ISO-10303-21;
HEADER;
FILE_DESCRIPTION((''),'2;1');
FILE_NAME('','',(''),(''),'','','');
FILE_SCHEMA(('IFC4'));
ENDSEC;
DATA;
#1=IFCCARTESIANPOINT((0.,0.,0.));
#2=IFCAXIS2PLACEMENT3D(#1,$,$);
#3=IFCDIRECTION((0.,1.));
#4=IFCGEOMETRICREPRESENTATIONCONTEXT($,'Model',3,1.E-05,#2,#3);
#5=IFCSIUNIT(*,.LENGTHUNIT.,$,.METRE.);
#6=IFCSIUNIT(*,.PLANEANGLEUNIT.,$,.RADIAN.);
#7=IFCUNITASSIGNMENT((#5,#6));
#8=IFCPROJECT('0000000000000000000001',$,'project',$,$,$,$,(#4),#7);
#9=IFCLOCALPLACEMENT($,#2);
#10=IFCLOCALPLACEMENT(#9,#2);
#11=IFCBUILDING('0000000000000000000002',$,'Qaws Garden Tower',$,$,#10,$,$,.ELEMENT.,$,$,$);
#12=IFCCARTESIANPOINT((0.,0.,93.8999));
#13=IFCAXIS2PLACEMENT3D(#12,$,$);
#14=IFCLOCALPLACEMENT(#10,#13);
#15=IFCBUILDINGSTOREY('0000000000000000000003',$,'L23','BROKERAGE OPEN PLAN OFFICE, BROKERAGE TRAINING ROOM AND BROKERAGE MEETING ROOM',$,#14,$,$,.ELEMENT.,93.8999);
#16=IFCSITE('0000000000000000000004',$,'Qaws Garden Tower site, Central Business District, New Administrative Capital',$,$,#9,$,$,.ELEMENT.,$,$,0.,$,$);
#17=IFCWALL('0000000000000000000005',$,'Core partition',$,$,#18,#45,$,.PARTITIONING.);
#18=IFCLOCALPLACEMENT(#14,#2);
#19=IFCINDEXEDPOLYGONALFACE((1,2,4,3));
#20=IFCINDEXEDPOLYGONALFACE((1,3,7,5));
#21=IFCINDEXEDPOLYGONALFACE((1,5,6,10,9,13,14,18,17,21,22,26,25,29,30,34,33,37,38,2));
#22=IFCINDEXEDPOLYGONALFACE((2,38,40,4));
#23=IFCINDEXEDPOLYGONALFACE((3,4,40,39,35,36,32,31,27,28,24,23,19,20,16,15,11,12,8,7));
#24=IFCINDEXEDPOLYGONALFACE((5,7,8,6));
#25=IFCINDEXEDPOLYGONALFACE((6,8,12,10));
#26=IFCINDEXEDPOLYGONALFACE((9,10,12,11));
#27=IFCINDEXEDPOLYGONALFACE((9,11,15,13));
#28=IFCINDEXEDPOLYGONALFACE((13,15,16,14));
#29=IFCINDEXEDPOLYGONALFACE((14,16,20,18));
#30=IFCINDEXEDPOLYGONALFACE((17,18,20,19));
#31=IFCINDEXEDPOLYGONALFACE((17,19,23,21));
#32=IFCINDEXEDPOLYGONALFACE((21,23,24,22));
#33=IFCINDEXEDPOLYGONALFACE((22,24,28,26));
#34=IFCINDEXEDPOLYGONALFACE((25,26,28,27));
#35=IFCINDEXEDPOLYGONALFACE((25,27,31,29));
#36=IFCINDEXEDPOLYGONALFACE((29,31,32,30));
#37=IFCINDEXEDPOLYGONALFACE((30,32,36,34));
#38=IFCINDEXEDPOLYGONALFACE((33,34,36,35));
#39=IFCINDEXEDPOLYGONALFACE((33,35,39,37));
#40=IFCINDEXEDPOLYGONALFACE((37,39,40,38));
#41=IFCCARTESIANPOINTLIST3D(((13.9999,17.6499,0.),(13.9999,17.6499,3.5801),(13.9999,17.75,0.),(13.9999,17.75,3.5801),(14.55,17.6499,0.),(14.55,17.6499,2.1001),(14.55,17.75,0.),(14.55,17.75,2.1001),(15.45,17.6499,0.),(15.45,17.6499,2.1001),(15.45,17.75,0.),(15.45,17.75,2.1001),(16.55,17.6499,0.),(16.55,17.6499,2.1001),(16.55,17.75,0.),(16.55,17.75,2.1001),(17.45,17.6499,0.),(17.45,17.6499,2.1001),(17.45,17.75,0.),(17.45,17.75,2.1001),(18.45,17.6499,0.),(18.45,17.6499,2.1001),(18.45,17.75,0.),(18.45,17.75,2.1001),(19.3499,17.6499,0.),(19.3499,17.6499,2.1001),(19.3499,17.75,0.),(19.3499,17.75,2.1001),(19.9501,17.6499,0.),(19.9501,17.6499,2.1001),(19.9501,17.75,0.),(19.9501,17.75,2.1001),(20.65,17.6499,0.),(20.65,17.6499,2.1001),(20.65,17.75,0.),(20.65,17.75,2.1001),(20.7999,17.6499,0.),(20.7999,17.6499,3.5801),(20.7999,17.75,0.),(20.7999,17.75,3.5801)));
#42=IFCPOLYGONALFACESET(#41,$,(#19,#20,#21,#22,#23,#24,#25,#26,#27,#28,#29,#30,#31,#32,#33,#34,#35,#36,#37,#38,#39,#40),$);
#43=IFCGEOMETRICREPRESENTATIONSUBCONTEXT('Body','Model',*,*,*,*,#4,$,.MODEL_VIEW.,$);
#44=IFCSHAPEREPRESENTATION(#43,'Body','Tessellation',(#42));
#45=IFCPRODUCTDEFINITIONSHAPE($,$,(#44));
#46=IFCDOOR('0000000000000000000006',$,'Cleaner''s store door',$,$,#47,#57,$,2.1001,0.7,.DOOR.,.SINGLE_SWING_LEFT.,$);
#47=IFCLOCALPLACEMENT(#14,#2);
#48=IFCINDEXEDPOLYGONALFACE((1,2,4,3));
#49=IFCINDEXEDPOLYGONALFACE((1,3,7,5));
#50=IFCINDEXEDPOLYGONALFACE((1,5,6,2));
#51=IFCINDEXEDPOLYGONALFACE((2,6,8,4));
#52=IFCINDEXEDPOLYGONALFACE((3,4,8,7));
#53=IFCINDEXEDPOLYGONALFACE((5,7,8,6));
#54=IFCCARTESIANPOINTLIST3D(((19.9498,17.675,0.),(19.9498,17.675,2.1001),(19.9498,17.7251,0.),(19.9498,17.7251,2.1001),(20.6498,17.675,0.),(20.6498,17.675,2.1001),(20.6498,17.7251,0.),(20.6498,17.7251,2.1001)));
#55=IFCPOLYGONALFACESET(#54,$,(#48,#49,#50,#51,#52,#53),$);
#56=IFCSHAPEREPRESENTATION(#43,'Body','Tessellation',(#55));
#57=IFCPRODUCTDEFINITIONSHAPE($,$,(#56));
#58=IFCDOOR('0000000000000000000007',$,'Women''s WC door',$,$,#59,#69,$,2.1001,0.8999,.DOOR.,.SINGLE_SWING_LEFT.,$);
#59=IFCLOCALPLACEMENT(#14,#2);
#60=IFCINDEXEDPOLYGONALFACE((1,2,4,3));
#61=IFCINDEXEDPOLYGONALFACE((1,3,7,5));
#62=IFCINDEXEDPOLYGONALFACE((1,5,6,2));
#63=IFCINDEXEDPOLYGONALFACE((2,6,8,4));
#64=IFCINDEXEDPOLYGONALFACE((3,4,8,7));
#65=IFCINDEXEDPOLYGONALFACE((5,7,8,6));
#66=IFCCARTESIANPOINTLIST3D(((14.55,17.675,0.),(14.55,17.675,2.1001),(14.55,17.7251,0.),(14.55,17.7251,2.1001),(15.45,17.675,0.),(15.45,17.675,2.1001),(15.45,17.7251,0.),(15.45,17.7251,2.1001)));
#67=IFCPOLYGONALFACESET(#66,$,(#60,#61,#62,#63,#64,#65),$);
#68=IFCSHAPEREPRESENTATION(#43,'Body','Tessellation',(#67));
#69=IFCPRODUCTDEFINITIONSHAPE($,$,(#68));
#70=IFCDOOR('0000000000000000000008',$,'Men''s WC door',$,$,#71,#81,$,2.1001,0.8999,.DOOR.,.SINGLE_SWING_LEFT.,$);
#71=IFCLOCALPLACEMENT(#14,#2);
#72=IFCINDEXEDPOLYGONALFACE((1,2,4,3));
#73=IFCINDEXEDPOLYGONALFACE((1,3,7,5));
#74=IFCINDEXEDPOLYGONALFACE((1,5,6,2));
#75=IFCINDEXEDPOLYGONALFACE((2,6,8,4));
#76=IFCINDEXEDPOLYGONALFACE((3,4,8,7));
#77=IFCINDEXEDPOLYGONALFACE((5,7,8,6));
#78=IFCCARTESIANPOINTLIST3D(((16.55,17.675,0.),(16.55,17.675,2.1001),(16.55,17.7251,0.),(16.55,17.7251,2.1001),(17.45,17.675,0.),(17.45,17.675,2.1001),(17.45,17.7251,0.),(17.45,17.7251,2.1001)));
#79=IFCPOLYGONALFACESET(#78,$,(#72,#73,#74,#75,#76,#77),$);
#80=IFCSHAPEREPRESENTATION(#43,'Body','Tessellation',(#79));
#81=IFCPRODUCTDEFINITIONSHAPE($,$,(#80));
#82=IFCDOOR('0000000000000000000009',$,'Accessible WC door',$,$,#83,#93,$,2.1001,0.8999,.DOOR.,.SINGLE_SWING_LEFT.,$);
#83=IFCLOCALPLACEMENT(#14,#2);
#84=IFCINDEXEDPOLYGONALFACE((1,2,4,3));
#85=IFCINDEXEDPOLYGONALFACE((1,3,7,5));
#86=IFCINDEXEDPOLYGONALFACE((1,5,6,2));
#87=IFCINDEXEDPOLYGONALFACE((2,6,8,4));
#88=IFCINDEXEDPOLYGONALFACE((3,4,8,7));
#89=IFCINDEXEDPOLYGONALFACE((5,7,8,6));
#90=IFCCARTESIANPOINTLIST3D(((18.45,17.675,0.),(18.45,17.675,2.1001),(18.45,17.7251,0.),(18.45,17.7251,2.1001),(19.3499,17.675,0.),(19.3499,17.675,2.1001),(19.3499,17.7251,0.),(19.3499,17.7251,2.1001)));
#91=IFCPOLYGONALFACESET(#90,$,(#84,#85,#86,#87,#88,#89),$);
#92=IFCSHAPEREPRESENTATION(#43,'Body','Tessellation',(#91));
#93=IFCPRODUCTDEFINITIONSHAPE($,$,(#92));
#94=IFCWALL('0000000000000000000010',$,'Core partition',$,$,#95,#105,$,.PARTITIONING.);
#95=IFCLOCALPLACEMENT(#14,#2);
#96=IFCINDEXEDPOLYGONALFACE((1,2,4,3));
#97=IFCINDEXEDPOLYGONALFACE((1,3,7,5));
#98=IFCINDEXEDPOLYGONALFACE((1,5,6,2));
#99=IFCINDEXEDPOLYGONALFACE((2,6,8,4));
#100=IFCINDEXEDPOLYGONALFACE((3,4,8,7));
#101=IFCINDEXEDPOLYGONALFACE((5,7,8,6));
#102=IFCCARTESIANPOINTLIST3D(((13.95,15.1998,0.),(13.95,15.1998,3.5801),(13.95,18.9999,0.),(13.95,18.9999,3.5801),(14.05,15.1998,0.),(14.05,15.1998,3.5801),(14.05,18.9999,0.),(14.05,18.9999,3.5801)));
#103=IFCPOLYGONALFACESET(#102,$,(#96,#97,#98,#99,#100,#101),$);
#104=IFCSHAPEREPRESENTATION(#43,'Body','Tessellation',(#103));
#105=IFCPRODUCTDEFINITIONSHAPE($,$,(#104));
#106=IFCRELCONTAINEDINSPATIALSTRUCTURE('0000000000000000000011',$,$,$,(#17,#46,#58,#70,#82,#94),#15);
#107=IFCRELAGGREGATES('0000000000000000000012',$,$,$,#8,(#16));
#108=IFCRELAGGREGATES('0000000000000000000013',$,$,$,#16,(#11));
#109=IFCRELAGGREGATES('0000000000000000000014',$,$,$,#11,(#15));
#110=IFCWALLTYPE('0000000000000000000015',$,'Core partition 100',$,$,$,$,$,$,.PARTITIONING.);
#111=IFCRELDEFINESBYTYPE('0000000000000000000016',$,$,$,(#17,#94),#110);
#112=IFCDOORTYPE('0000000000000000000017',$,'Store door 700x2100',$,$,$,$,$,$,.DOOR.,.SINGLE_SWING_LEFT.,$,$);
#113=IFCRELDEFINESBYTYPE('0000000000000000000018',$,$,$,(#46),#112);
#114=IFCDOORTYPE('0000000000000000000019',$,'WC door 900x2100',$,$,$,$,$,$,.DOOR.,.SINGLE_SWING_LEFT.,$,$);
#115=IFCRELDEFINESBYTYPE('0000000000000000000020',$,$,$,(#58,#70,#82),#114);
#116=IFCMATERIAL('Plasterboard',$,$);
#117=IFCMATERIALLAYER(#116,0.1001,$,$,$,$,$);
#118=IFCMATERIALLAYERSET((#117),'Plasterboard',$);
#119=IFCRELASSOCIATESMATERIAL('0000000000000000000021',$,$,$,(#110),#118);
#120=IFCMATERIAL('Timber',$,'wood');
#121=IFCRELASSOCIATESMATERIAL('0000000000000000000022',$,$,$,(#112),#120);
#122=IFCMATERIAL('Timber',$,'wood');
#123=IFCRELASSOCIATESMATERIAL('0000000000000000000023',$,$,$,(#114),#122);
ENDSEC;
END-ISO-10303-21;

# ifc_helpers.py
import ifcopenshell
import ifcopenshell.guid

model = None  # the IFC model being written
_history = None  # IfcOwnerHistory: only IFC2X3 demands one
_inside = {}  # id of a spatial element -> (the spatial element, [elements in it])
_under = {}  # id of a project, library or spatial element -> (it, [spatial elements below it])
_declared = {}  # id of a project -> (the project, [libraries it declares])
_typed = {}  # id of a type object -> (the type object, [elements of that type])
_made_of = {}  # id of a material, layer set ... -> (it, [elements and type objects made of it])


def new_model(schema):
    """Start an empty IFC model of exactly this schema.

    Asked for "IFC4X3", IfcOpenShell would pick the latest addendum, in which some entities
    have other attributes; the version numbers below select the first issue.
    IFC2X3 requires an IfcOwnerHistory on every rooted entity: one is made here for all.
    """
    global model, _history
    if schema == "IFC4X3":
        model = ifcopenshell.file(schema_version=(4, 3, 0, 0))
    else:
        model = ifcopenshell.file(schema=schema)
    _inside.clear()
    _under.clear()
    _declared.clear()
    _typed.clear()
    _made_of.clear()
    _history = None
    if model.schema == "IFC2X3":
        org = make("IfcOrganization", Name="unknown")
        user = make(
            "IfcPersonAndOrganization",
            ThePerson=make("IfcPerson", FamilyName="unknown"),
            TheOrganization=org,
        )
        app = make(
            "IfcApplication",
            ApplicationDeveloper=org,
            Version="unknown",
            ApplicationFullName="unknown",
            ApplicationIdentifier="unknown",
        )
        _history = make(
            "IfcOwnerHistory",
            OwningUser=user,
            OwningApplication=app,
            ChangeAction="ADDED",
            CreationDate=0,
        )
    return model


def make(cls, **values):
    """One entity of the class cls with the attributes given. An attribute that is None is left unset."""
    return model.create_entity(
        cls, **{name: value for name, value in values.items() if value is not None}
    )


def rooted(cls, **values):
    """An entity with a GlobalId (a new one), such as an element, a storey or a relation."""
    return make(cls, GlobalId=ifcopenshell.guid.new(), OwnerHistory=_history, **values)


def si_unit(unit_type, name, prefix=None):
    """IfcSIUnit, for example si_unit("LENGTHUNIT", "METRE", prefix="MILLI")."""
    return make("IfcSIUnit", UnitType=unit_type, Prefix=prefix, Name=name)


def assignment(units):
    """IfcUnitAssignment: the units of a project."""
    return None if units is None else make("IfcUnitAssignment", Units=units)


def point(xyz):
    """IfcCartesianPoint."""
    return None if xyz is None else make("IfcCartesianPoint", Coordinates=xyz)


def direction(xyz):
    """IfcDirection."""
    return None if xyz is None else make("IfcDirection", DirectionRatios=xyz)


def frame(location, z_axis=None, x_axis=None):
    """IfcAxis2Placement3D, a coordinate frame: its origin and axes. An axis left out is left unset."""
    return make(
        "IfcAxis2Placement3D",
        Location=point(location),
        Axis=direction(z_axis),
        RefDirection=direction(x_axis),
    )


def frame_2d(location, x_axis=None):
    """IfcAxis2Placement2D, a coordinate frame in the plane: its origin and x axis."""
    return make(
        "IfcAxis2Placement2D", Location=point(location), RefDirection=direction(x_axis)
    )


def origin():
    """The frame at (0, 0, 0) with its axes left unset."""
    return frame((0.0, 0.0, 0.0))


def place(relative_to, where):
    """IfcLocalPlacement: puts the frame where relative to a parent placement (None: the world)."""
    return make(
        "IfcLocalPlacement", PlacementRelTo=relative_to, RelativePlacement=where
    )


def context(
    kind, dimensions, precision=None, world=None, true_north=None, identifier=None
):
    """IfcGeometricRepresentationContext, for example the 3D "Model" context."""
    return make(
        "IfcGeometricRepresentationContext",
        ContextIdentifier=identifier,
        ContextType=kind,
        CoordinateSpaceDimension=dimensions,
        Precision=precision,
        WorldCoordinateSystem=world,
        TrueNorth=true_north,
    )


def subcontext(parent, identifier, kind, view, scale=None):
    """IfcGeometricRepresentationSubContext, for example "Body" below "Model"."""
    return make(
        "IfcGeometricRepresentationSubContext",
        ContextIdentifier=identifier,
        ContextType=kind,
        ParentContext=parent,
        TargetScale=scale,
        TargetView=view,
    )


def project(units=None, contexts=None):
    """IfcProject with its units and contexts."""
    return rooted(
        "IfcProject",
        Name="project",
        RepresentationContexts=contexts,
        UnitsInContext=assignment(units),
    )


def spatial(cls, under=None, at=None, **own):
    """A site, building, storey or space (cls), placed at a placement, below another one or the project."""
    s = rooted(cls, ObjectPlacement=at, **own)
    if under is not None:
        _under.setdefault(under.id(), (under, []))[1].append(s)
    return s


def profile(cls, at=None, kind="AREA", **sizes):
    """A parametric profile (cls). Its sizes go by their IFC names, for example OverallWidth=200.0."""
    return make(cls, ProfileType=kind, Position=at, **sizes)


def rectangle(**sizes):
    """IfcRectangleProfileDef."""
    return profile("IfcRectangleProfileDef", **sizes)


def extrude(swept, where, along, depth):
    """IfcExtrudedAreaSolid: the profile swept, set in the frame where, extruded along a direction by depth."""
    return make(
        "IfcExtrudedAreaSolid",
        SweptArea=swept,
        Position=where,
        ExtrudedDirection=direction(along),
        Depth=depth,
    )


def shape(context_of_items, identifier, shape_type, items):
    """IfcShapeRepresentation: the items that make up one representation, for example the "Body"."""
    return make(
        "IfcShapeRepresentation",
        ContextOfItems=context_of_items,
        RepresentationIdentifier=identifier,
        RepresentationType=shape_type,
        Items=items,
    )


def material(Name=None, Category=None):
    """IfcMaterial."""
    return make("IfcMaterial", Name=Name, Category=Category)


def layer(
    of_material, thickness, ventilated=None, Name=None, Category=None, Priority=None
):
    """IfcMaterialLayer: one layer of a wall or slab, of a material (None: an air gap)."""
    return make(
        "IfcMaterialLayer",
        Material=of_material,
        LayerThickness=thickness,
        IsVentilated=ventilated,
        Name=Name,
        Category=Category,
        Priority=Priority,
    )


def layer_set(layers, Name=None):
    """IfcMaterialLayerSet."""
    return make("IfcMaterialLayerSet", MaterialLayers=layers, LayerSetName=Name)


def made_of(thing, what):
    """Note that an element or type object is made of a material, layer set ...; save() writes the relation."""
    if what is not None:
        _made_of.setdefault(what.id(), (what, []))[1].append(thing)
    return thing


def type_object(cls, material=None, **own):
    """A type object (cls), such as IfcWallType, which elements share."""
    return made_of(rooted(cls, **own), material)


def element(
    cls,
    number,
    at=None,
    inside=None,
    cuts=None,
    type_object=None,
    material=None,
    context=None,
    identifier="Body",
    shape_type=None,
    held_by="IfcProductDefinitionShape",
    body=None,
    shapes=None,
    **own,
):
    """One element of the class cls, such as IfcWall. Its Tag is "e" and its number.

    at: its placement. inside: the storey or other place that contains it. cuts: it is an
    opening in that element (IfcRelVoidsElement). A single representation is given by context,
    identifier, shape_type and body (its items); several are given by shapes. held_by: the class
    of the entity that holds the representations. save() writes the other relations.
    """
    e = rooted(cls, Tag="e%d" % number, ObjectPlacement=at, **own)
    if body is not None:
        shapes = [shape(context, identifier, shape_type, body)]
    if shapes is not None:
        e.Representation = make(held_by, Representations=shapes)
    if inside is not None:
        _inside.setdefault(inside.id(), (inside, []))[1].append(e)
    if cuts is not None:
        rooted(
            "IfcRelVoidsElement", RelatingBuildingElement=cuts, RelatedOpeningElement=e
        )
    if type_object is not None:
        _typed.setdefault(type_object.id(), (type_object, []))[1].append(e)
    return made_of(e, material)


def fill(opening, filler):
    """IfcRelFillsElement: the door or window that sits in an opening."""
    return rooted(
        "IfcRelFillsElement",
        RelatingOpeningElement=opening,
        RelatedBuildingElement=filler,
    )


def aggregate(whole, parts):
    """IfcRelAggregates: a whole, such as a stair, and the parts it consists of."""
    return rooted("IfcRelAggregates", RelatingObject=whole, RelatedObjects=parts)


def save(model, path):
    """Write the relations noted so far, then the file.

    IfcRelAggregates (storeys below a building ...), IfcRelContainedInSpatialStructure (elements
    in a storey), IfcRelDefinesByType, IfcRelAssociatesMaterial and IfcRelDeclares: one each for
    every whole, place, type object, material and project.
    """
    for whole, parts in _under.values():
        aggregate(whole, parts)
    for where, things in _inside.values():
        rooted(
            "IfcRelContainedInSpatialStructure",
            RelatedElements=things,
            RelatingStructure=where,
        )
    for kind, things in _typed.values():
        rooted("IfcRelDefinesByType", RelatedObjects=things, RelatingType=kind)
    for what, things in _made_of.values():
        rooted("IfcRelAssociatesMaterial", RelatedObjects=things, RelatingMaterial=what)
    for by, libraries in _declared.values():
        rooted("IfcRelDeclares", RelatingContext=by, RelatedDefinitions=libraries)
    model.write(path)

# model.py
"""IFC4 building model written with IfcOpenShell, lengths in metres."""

from ifc_helpers import new_model, si_unit, direction, frame, frame_2d, origin, place, context, subcontext, project, spatial, rectangle, extrude, material, layer, layer_set, type_object, element, fill, save


model = new_model("IFC4")

# Units and contexts
model_context = context("Model", 3, precision=1e-05, world=origin(), true_north=direction((0.0, 1.0)))
body_context = subcontext(model_context, "Body", "Model", "MODEL_VIEW")
ifc_project = project(units=[si_unit("LENGTHUNIT", "METRE"), si_unit("PLANEANGLEUNIT", "RADIAN")], contexts=[model_context])

# Site, building, storey
site_placement = place(None, origin())
site = spatial("IfcSite", under=ifc_project, at=site_placement, Name="Qaws Garden Tower site, Central Business District, New Administrative Capital", CompositionType="ELEMENT", RefElevation=0.0)
building_placement = place(site_placement, origin())
building = spatial("IfcBuilding", under=site, at=building_placement, Name="Qaws Garden Tower", CompositionType="ELEMENT")
storey_placement = place(building_placement, frame((0.0, 0.0, 93.8999)))
storey = spatial("IfcBuildingStorey", under=building, at=storey_placement, Name="L23", Description="BROKERAGE OPEN PLAN OFFICE, BROKERAGE TRAINING ROOM AND BROKERAGE MEETING ROOM", CompositionType="ELEMENT", Elevation=93.8999)

# Wall, openings, doors
ifc_material_1 = material(Name="Plasterboard")
ifc_layer_1 = layer(ifc_material_1, 0.1001)
ifc_layer_set_1 = layer_set([ifc_layer_1], Name="Plasterboard")
wall_type_1 = type_object("IfcWallType", Name="Core partition 100", PredefinedType="PARTITIONING", material=ifc_layer_set_1)
wall_1_placement = place(storey_placement, frame((14.0, 17.7, 0.0), z_axis=(0.0, 0.0, 1.0), x_axis=(1.0, 0.0, 0.0)))
wall_1 = element("IfcWall", 1, at=wall_1_placement, inside=storey, type_object=wall_type_1, Name="Core partition", PredefinedType="PARTITIONING", context=body_context, shape_type="SweptSolid", body=[
    extrude(rectangle(XDim=6.8, YDim=0.1001, at=frame_2d((3.3999, 0.0))), origin(), (0.0, 0.0, 1.0), 3.5801),
])
opening_1_placement = place(wall_1_placement, frame((0.55, 0.0, 0.0)))
opening_1 = element("IfcOpeningElement", 2, at=opening_1_placement, cuts=wall_1, PredefinedType="OPENING", context=body_context, shape_type="SweptSolid", body=[
    extrude(rectangle(XDim=0.8999, YDim=2.1001, at=frame_2d((0.45, 1.05))), frame((0.0, 0.0601, 0.0), z_axis=(0.0, -1.0, 0.0), x_axis=(1.0, 0.0, 0.0)), (0.0, 0.0, 1.0), 0.1201),
])
opening_2_placement = place(wall_1_placement, frame((2.55, 0.0, 0.0)))
opening_2 = element("IfcOpeningElement", 3, at=opening_2_placement, cuts=wall_1, PredefinedType="OPENING", context=body_context, shape_type="SweptSolid", body=[
    extrude(rectangle(XDim=0.8999, YDim=2.1001, at=frame_2d((0.45, 1.05))), frame((0.0, 0.0601, 0.0), z_axis=(0.0, -1.0, 0.0), x_axis=(1.0, 0.0, 0.0)), (0.0, 0.0, 1.0), 0.1201),
])
opening_3_placement = place(wall_1_placement, frame((4.45, 0.0, 0.0)))
opening_3 = element("IfcOpeningElement", 4, at=opening_3_placement, cuts=wall_1, PredefinedType="OPENING", context=body_context, shape_type="SweptSolid", body=[
    extrude(rectangle(XDim=0.8999, YDim=2.1001, at=frame_2d((0.45, 1.05))), frame((0.0, 0.0601, 0.0), z_axis=(0.0, -1.0, 0.0), x_axis=(1.0, 0.0, 0.0)), (0.0, 0.0, 1.0), 0.1201),
])
opening_4_placement = place(wall_1_placement, frame((5.95, 0.0, 0.0)))
opening_4 = element("IfcOpeningElement", 5, at=opening_4_placement, cuts=wall_1, PredefinedType="OPENING", context=body_context, shape_type="SweptSolid", body=[
    extrude(rectangle(XDim=0.7, YDim=2.1001, at=frame_2d((0.3501, 1.05))), frame((0.0, 0.0601, 0.0), z_axis=(0.0, -1.0, 0.0), x_axis=(1.0, 0.0, 0.0)), (0.0, 0.0, 1.0), 0.1201),
])
ifc_material_2 = material(Name="Timber", Category="wood")
door_type_1 = type_object("IfcDoorType", Name="Store door 700x2100", OperationType="SINGLE_SWING_LEFT", PredefinedType="DOOR", material=ifc_material_2)
door_1_placement = place(opening_4_placement, frame((0.7, 0.0, 0.0), z_axis=(0.0, 0.0, 1.0), x_axis=(-1.0, 0.0, 0.0)))
door_1 = element("IfcDoor", 6, at=door_1_placement, inside=storey, type_object=door_type_1, Name="Cleaner's store door", OperationType="SINGLE_SWING_LEFT", OverallHeight=2.1001, OverallWidth=0.7, PredefinedType="DOOR", context=body_context, shape_type="SweptSolid", body=[
    extrude(rectangle(XDim=0.7, YDim=2.1001, at=frame_2d((0.3501, 1.05))), frame((0.0, 0.0249, 0.0), z_axis=(0.0, -1.0, 0.0), x_axis=(1.0, 0.0, 0.0)), (0.0, 0.0, 1.0), 0.05),
])
fill(opening_4, door_1)
ifc_material_3 = material(Name="Timber", Category="wood")
door_type_2 = type_object("IfcDoorType", Name="WC door 900x2100", OperationType="SINGLE_SWING_LEFT", PredefinedType="DOOR", material=ifc_material_3)
door_2_placement = place(opening_1_placement, frame((0.8999, 0.0, 0.0), z_axis=(0.0, 0.0, 1.0), x_axis=(-1.0, 0.0, 0.0)))
door_2 = element("IfcDoor", 7, at=door_2_placement, inside=storey, type_object=door_type_2, Name="Women's WC door", OperationType="SINGLE_SWING_LEFT", OverallHeight=2.1001, OverallWidth=0.8999, PredefinedType="DOOR", context=body_context, shape_type="SweptSolid", body=[
    extrude(rectangle(XDim=0.8999, YDim=2.1001, at=frame_2d((0.45, 1.05))), frame((0.0, 0.0249, 0.0), z_axis=(0.0, -1.0, 0.0), x_axis=(1.0, 0.0, 0.0)), (0.0, 0.0, 1.0), 0.05),
])
fill(opening_1, door_2)
door_3_placement = place(opening_2_placement, frame((0.8999, 0.0, 0.0), z_axis=(0.0, 0.0, 1.0), x_axis=(-1.0, 0.0, 0.0)))
door_3 = element("IfcDoor", 8, at=door_3_placement, inside=storey, type_object=door_type_2, Name="Men's WC door", OperationType="SINGLE_SWING_LEFT", OverallHeight=2.1001, OverallWidth=0.8999, PredefinedType="DOOR", context=body_context, shape_type="SweptSolid", body=[
    extrude(rectangle(XDim=0.8999, YDim=2.1001, at=frame_2d((0.45, 1.05))), frame((0.0, 0.0249, 0.0), z_axis=(0.0, -1.0, 0.0), x_axis=(1.0, 0.0, 0.0)), (0.0, 0.0, 1.0), 0.05),
])
fill(opening_2, door_3)
door_4_placement = place(opening_3_placement, frame((0.8999, 0.0, 0.0), z_axis=(0.0, 0.0, 1.0), x_axis=(-1.0, 0.0, 0.0)))
door_4 = element("IfcDoor", 9, at=door_4_placement, inside=storey, type_object=door_type_2, Name="Accessible WC door", OperationType="SINGLE_SWING_LEFT", OverallHeight=2.1001, OverallWidth=0.8999, PredefinedType="DOOR", context=body_context, shape_type="SweptSolid", body=[
    extrude(rectangle(XDim=0.8999, YDim=2.1001, at=frame_2d((0.45, 1.05))), frame((0.0, 0.0249, 0.0), z_axis=(0.0, -1.0, 0.0), x_axis=(1.0, 0.0, 0.0)), (0.0, 0.0, 1.0), 0.05),
])
fill(opening_3, door_4)

# Wall
wall_2_placement = place(storey_placement, frame((14.0, 15.2, 0.0), z_axis=(0.0, 0.0, 1.0), x_axis=(0.0, 1.0, 0.0)))
element("IfcWall", 10, at=wall_2_placement, inside=storey, type_object=wall_type_1, Name="Core partition", PredefinedType="PARTITIONING", context=body_context, shape_type="SweptSolid", body=[
    extrude(rectangle(XDim=3.8, YDim=0.1001, at=frame_2d((1.8999, 0.0))), origin(), (0.0, 0.0, 1.0), 3.5801),
])

save(model, "model.ifc")
